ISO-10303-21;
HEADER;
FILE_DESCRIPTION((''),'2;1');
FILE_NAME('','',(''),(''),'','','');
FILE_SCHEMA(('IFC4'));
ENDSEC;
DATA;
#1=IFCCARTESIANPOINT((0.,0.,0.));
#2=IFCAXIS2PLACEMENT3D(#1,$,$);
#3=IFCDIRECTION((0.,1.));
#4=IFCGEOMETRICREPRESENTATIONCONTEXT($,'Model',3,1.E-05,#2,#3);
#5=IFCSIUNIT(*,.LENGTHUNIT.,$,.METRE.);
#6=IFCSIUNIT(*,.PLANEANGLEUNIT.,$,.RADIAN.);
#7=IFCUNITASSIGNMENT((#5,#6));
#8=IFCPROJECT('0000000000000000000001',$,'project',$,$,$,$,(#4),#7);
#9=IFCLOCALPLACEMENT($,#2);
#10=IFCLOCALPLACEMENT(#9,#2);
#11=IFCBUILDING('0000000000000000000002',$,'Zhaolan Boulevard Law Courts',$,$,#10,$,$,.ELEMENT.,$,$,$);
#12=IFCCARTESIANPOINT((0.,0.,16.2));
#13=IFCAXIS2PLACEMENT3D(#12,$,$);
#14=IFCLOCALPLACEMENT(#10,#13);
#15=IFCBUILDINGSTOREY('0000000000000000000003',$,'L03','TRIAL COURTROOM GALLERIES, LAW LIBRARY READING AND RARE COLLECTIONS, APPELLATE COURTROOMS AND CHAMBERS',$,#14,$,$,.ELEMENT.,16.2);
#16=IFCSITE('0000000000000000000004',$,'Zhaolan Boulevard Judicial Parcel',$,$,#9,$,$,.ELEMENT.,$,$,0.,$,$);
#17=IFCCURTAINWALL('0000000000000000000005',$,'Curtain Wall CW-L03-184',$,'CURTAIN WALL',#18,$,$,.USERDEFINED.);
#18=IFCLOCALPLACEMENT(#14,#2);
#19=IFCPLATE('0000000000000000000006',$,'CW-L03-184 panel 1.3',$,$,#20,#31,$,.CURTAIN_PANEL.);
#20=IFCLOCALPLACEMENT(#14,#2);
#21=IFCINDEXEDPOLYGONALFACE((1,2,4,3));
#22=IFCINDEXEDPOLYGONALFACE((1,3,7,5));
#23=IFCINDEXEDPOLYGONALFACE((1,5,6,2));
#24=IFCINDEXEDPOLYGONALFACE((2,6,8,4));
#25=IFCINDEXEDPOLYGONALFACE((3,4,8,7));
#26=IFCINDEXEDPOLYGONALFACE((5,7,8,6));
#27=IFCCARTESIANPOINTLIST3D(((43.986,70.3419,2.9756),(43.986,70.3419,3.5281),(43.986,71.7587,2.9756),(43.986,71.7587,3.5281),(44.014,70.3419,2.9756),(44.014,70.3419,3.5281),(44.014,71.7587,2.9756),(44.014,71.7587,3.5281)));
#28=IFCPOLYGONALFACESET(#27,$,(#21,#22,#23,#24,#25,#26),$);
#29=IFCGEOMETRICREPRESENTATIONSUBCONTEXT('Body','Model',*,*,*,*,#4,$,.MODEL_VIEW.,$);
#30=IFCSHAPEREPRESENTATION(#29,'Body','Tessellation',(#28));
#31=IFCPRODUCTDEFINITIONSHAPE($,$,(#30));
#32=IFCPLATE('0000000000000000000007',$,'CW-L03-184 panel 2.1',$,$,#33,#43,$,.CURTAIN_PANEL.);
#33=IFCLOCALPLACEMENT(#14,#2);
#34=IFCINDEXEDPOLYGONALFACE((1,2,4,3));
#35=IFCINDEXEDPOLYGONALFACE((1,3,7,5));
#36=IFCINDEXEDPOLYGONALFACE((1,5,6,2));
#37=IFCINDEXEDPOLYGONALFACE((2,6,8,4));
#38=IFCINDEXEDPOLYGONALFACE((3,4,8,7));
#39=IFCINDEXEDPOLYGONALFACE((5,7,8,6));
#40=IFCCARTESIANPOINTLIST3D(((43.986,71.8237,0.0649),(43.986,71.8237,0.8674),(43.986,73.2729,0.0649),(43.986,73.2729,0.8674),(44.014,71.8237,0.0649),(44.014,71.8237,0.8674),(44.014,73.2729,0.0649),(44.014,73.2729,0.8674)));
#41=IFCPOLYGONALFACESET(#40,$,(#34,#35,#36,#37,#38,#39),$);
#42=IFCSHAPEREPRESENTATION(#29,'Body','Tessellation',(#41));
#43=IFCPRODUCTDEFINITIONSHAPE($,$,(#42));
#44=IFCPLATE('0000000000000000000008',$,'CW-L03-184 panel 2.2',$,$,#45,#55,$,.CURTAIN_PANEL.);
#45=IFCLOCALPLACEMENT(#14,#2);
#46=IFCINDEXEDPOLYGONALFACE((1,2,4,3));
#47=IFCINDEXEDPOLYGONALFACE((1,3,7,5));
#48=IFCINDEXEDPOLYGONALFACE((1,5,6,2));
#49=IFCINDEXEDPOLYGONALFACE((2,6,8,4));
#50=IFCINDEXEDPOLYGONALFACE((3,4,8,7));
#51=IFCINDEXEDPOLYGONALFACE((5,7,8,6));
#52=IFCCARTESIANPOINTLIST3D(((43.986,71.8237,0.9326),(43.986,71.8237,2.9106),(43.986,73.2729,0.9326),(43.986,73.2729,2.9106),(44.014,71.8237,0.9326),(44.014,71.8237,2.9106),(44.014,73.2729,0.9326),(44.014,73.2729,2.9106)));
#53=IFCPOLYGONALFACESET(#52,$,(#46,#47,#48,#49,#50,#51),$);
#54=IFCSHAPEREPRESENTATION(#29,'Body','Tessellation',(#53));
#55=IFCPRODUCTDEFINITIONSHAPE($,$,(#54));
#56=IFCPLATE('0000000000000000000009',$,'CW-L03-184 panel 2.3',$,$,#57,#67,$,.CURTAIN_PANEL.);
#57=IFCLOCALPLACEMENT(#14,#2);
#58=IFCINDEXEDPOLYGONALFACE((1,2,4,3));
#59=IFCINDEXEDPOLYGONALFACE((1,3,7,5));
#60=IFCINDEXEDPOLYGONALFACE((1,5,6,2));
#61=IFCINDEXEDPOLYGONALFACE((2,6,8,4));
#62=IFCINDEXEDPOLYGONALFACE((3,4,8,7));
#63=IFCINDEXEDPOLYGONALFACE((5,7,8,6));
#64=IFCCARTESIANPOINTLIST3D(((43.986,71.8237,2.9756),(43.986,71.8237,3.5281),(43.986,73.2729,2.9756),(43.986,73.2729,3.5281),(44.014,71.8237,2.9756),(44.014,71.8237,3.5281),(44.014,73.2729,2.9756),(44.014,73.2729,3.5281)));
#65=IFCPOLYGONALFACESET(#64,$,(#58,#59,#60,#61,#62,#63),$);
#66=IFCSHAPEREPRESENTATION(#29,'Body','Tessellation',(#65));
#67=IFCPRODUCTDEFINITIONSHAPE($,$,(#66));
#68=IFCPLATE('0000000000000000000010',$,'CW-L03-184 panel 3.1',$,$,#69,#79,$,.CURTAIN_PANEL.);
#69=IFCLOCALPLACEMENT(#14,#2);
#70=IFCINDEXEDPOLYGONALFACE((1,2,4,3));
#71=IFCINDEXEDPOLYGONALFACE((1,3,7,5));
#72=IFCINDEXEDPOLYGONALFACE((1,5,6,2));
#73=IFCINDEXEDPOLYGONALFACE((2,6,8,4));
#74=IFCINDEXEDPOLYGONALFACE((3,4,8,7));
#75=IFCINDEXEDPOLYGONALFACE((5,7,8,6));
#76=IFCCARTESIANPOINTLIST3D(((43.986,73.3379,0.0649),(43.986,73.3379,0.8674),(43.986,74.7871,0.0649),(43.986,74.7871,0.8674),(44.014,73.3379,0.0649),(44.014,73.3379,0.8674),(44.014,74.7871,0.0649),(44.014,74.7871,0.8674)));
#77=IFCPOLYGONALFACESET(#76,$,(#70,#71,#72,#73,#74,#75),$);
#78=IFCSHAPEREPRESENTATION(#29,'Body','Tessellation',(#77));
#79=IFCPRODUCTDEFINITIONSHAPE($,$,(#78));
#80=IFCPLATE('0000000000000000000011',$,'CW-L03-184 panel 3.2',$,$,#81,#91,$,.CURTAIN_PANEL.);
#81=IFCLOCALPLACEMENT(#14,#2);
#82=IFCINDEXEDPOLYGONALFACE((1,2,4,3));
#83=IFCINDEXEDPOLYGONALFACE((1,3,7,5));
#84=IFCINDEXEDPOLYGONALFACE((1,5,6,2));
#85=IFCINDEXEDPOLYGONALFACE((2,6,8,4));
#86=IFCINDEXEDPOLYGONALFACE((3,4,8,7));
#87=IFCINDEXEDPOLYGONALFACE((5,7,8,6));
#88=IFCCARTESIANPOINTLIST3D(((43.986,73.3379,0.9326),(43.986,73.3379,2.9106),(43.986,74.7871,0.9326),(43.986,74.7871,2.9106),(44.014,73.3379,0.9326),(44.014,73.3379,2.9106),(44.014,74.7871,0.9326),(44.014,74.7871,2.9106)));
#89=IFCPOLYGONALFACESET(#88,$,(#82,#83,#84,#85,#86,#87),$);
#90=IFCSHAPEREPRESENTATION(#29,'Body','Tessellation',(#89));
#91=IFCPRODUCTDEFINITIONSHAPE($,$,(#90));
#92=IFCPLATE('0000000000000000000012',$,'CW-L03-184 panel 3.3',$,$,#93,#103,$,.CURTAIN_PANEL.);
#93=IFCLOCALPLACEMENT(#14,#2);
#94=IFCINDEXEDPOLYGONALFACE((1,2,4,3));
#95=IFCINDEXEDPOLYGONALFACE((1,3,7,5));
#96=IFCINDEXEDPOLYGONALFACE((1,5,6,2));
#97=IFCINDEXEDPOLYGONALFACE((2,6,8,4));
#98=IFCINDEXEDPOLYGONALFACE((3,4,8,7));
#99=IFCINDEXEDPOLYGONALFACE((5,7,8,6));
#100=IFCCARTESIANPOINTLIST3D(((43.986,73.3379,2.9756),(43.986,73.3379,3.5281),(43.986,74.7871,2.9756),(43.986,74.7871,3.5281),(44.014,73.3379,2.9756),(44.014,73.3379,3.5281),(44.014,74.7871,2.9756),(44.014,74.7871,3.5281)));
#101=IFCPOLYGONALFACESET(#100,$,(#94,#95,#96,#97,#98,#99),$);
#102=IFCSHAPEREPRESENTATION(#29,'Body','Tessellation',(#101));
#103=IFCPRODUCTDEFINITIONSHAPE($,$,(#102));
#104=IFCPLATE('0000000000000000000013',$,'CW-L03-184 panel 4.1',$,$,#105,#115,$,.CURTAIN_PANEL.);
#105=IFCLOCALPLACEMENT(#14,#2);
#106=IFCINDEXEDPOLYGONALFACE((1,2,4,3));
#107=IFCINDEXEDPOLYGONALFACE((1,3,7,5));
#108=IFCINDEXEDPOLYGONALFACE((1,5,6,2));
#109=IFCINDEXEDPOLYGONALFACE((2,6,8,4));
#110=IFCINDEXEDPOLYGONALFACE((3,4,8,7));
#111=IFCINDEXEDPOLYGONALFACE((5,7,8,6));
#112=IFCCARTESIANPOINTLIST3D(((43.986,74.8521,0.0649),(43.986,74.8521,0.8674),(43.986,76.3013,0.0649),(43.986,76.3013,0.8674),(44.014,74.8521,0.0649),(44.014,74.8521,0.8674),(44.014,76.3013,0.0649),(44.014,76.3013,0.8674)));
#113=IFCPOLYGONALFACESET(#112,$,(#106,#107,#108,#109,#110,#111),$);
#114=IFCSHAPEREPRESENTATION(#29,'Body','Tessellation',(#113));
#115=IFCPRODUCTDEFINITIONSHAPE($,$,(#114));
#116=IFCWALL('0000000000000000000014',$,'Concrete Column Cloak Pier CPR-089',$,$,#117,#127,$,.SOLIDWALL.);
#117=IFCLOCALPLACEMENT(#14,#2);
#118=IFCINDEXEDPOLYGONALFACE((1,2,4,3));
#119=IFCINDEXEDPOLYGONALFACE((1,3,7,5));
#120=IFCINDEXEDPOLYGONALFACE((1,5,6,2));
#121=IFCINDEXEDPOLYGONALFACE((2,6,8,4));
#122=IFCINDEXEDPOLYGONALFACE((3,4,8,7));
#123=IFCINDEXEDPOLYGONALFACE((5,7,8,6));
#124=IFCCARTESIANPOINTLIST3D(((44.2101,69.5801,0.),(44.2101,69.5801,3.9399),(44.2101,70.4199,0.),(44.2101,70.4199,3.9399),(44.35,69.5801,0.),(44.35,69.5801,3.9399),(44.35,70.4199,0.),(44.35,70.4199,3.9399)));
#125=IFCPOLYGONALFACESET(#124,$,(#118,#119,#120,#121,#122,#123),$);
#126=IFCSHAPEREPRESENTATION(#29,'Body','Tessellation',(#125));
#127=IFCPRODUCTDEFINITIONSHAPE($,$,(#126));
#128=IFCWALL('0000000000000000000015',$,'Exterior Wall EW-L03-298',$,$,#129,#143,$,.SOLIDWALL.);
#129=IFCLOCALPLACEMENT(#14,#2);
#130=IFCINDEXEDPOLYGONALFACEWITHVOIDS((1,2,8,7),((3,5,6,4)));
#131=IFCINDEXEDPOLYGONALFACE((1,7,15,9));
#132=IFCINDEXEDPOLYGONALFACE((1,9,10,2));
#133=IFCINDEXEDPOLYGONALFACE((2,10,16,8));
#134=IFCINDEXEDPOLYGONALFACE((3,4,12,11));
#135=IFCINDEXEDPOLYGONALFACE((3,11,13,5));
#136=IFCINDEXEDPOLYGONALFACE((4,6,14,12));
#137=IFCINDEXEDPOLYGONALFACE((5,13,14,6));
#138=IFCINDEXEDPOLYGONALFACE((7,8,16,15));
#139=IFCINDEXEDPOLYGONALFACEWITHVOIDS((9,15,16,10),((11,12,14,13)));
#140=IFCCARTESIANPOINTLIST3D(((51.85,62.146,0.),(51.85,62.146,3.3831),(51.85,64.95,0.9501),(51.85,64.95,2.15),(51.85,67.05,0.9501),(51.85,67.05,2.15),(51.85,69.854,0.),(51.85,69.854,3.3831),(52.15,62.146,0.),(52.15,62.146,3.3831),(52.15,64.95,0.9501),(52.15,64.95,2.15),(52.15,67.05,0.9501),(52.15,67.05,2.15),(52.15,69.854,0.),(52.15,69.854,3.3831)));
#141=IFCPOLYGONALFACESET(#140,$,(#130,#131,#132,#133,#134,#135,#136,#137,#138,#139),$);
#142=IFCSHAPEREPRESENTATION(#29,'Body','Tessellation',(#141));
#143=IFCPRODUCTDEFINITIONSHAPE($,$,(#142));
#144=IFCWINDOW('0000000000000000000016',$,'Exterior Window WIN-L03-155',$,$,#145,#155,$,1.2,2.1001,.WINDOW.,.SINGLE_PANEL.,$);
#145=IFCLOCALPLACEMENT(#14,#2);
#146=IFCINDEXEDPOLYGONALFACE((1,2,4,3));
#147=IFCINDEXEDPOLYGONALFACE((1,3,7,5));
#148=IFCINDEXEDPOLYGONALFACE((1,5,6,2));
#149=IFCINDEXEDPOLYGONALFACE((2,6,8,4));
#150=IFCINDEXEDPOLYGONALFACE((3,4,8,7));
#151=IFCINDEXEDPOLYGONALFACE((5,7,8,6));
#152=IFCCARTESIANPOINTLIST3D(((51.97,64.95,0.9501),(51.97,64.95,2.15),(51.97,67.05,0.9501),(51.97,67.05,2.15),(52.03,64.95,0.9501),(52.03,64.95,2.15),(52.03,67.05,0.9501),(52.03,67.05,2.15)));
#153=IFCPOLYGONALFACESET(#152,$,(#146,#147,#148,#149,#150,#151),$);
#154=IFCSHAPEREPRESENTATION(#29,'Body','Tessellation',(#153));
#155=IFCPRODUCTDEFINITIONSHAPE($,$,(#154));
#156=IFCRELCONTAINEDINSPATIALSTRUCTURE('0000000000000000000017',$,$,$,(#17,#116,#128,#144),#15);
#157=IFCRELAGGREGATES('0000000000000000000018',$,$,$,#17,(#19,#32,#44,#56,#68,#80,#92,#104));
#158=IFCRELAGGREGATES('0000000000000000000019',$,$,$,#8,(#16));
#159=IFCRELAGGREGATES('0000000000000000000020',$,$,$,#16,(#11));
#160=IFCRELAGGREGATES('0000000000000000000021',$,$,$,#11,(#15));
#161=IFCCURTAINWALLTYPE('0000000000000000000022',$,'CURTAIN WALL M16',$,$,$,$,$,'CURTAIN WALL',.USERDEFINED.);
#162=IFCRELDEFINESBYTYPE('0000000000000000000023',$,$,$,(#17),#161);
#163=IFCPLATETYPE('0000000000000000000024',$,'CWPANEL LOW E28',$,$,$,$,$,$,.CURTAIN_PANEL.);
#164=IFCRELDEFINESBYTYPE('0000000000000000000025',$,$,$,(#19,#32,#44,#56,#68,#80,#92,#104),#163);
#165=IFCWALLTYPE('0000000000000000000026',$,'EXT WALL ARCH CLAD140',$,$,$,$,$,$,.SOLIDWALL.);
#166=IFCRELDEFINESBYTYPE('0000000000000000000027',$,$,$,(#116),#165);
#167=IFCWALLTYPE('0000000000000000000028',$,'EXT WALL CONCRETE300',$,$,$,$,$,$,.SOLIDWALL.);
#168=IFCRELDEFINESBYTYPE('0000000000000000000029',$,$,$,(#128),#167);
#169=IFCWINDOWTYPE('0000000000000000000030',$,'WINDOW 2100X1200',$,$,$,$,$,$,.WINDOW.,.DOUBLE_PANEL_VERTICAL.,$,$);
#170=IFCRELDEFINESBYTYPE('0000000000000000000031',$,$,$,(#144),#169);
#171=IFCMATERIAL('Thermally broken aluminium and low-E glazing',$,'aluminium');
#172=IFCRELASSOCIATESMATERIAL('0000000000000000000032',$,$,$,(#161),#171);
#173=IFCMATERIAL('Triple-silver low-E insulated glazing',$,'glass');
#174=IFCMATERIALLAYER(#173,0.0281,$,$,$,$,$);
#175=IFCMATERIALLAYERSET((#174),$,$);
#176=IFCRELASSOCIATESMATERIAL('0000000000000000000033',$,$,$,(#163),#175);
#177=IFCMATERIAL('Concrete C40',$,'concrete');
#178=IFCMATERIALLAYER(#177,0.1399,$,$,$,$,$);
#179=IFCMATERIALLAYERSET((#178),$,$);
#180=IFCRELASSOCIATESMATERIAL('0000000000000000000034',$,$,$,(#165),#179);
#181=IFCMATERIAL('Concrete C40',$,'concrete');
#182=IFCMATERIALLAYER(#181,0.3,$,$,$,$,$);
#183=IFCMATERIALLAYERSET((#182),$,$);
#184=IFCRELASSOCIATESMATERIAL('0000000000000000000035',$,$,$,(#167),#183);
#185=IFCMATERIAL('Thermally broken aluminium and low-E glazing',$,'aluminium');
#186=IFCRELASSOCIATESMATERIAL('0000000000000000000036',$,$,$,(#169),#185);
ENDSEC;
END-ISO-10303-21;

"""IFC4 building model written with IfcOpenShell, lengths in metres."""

from ifc_helpers import new_model, si_unit, direction, frame, frame_2d, origin, origin_2d, place, context, subcontext, project, spatial, rectangle, extrude, material, layer, layer_set, type_object, element, fill, aggregate, save


model = new_model("IFC4")

# Units and contexts
model_context = context("Model", 3, precision=1e-05, world=origin(), true_north=direction((0.0, 1.0)))
body_context = subcontext(model_context, "Body", "Model", "MODEL_VIEW")
ifc_project = project(units=[si_unit("LENGTHUNIT", "METRE"), si_unit("PLANEANGLEUNIT", "RADIAN")], contexts=[model_context])

# Site, building, storey
site_placement = place(None, origin())
site = spatial("IfcSite", under=ifc_project, at=site_placement, Name="Zhaolan Boulevard Judicial Parcel", CompositionType="ELEMENT", RefElevation=0.0)
building_placement = place(site_placement, origin())
building = spatial("IfcBuilding", under=site, at=building_placement, Name="Zhaolan Boulevard Law Courts", CompositionType="ELEMENT")
storey_placement = place(building_placement, frame((0.0, 0.0, 16.2)))
storey = spatial("IfcBuildingStorey", under=building, at=storey_placement, Name="L03", Description="TRIAL COURTROOM GALLERIES, LAW LIBRARY READING AND RARE COLLECTIONS, APPELLATE COURTROOMS AND CHAMBERS", CompositionType="ELEMENT", Elevation=16.2)

# Curtain wall
ifc_material_1 = material(Name="Thermally broken aluminium and low-E glazing", Category="aluminium")
curtain_wall_type = type_object("IfcCurtainWallType", Name="CURTAIN WALL M16", ElementType="CURTAIN WALL", PredefinedType="USERDEFINED", material=ifc_material_1)
curtain_wall_placement = place(storey_placement, origin())
curtain_wall = element("IfcCurtainWall", 1, at=curtain_wall_placement, inside=storey, type_object=curtain_wall_type, Name="Curtain Wall CW-L03-184", ObjectType="CURTAIN WALL", PredefinedType="USERDEFINED")

# Plates
ifc_material_2 = material(Name="Triple-silver low-E insulated glazing", Category="glass")
ifc_layer_1 = layer(ifc_material_2, 0.0281)
ifc_layer_set_1 = layer_set([ifc_layer_1])
plate_type = type_object("IfcPlateType", Name="CWPANEL LOW E28", PredefinedType="CURTAIN_PANEL", material=ifc_layer_set_1)
plate_1_placement = place(storey_placement, frame((44.0, 71.0503, 2.9756), z_axis=(0.0, 0.0, 1.0), x_axis=(0.0, 1.0, 0.0)))
plate_1 = element("IfcPlate", 2, at=plate_1_placement, type_object=plate_type, Name="CW-L03-184 panel 1.3", PredefinedType="CURTAIN_PANEL", context=body_context, shape_type="SweptSolid", body=[
    extrude(rectangle(XDim=1.4167, YDim=0.0281, at=origin_2d()), origin(), (0.0, 0.0, 1.0), 0.5525),
])
plate_2_placement = place(storey_placement, frame((44.0, 72.5483, 0.0649), z_axis=(0.0, 0.0, 1.0), x_axis=(0.0, 1.0, 0.0)))
plate_2 = element("IfcPlate", 3, at=plate_2_placement, type_object=plate_type, Name="CW-L03-184 panel 2.1", PredefinedType="CURTAIN_PANEL", context=body_context, shape_type="SweptSolid", body=[
    extrude(rectangle(XDim=1.4492, YDim=0.0281, at=origin_2d()), origin(), (0.0, 0.0, 1.0), 0.8025),
])
plate_3_placement = place(storey_placement, frame((44.0, 72.5483, 0.9326), z_axis=(0.0, 0.0, 1.0), x_axis=(0.0, 1.0, 0.0)))
plate_3 = element("IfcPlate", 4, at=plate_3_placement, type_object=plate_type, Name="CW-L03-184 panel 2.2", PredefinedType="CURTAIN_PANEL", context=body_context, shape_type="SweptSolid", body=[
    extrude(rectangle(XDim=1.4492, YDim=0.0281, at=origin_2d()), origin(), (0.0, 0.0, 1.0), 1.978),
])
plate_4_placement = place(storey_placement, frame((44.0, 72.5483, 2.9756), z_axis=(0.0, 0.0, 1.0), x_axis=(0.0, 1.0, 0.0)))
plate_4 = element("IfcPlate", 5, at=plate_4_placement, type_object=plate_type, Name="CW-L03-184 panel 2.3", PredefinedType="CURTAIN_PANEL", context=body_context, shape_type="SweptSolid", body=[
    extrude(rectangle(XDim=1.4492, YDim=0.0281, at=origin_2d()), origin(), (0.0, 0.0, 1.0), 0.5525),
])
plate_5_placement = place(storey_placement, frame((44.0, 74.0625, 0.0649), z_axis=(0.0, 0.0, 1.0), x_axis=(0.0, 1.0, 0.0)))
plate_5 = element("IfcPlate", 6, at=plate_5_placement, type_object=plate_type, Name="CW-L03-184 panel 3.1", PredefinedType="CURTAIN_PANEL", context=body_context, shape_type="SweptSolid", body=[
    extrude(rectangle(XDim=1.4492, YDim=0.0281, at=origin_2d()), origin(), (0.0, 0.0, 1.0), 0.8025),
])
plate_6_placement = place(storey_placement, frame((44.0, 74.0625, 0.9326), z_axis=(0.0, 0.0, 1.0), x_axis=(0.0, 1.0, 0.0)))
plate_6 = element("IfcPlate", 7, at=plate_6_placement, type_object=plate_type, Name="CW-L03-184 panel 3.2", PredefinedType="CURTAIN_PANEL", context=body_context, shape_type="SweptSolid", body=[
    extrude(rectangle(XDim=1.4492, YDim=0.0281, at=origin_2d()), origin(), (0.0, 0.0, 1.0), 1.978),
])
plate_7_placement = place(storey_placement, frame((44.0, 74.0625, 2.9756), z_axis=(0.0, 0.0, 1.0), x_axis=(0.0, 1.0, 0.0)))
plate_7 = element("IfcPlate", 8, at=plate_7_placement, type_object=plate_type, Name="CW-L03-184 panel 3.3", PredefinedType="CURTAIN_PANEL", context=body_context, shape_type="SweptSolid", body=[
    extrude(rectangle(XDim=1.4492, YDim=0.0281, at=origin_2d()), origin(), (0.0, 0.0, 1.0), 0.5525),
])
plate_8_placement = place(storey_placement, frame((44.0, 75.5767, 0.0649), z_axis=(0.0, 0.0, 1.0), x_axis=(0.0, 1.0, 0.0)))
plate_8 = element("IfcPlate", 9, at=plate_8_placement, type_object=plate_type, Name="CW-L03-184 panel 4.1", PredefinedType="CURTAIN_PANEL", context=body_context, shape_type="SweptSolid", body=[
    extrude(rectangle(XDim=1.4492, YDim=0.0281, at=origin_2d()), origin(), (0.0, 0.0, 1.0), 0.8025),
])
aggregate(curtain_wall, [plate_1, plate_2, plate_3, plate_4, plate_5, plate_6, plate_7, plate_8])

# Wall
ifc_material_3 = material(Name="Concrete C40", Category="concrete")
ifc_layer_2 = layer(ifc_material_3, 0.1399)
ifc_layer_set_2 = layer_set([ifc_layer_2])
wall_type_1 = type_object("IfcWallType", Name="EXT WALL ARCH CLAD140", PredefinedType="SOLIDWALL", material=ifc_layer_set_2)
wall_1_placement = place(storey_placement, frame((44.28, 69.5801, 0.0), z_axis=(0.0, 0.0, 1.0), x_axis=(0.0, 1.0, 0.0)))
element("IfcWall", 10, at=wall_1_placement, inside=storey, type_object=wall_type_1, Name="Concrete Column Cloak Pier CPR-089", PredefinedType="SOLIDWALL", context=body_context, shape_type="SweptSolid", body=[
    extrude(rectangle(XDim=0.8398, YDim=0.1399, at=frame_2d((0.4199, 0.0))), origin(), (0.0, 0.0, 1.0), 3.9399),
])

# Wall, opening, window
ifc_material_4 = material(Name="Concrete C40", Category="concrete")
ifc_layer_3 = layer(ifc_material_4, 0.3)
ifc_layer_set_3 = layer_set([ifc_layer_3])
wall_type_2 = type_object("IfcWallType", Name="EXT WALL CONCRETE300", PredefinedType="SOLIDWALL", material=ifc_layer_set_3)
wall_2_placement = place(storey_placement, frame((52.0, 69.854, 0.0), z_axis=(0.0, 0.0, 1.0), x_axis=(0.0, -1.0, 0.0)))
wall_2 = element("IfcWall", 11, at=wall_2_placement, inside=storey, type_object=wall_type_2, Name="Exterior Wall EW-L03-298", PredefinedType="SOLIDWALL", context=body_context, shape_type="SweptSolid", body=[
    extrude(rectangle(XDim=7.708, YDim=0.3, at=frame_2d((3.854, 0.0))), origin(), (0.0, 0.0, 1.0), 3.3831),
])
opening_placement = place(wall_2_placement, frame((2.804, 0.0, 0.95)))
opening = element("IfcOpeningElement", 12, at=opening_placement, cuts=wall_2, PredefinedType="OPENING", context=body_context, shape_type="SweptSolid", body=[
    extrude(rectangle(XDim=2.1001, YDim=1.2, at=frame_2d((1.05, 0.6001))), frame((0.0, 0.1599, 0.0), z_axis=(0.0, -1.0, 0.0), x_axis=(1.0, 0.0, 0.0)), (0.0, 0.0, 1.0), 0.3201),
])
ifc_material_5 = material(Name="Thermally broken aluminium and low-E glazing", Category="aluminium")
window_type = type_object("IfcWindowType", Name="WINDOW 2100X1200", PartitioningType="DOUBLE_PANEL_VERTICAL", PredefinedType="WINDOW", material=ifc_material_5)
window_placement = place(opening_placement, origin())
window = element("IfcWindow", 13, at=window_placement, inside=storey, type_object=window_type, Name="Exterior Window WIN-L03-155", OverallHeight=1.2, OverallWidth=2.1001, PartitioningType="SINGLE_PANEL", PredefinedType="WINDOW", context=body_context, shape_type="SweptSolid", body=[
    extrude(rectangle(XDim=2.1001, YDim=1.2, at=frame_2d((1.05, 0.6001))), frame((0.0, 0.03, 0.0), z_axis=(0.0, -1.0, 0.0), x_axis=(1.0, 0.0, 0.0)), (0.0, 0.0, 1.0), 0.0601),
])
fill(opening, window)

save(model, "model.ifc")
